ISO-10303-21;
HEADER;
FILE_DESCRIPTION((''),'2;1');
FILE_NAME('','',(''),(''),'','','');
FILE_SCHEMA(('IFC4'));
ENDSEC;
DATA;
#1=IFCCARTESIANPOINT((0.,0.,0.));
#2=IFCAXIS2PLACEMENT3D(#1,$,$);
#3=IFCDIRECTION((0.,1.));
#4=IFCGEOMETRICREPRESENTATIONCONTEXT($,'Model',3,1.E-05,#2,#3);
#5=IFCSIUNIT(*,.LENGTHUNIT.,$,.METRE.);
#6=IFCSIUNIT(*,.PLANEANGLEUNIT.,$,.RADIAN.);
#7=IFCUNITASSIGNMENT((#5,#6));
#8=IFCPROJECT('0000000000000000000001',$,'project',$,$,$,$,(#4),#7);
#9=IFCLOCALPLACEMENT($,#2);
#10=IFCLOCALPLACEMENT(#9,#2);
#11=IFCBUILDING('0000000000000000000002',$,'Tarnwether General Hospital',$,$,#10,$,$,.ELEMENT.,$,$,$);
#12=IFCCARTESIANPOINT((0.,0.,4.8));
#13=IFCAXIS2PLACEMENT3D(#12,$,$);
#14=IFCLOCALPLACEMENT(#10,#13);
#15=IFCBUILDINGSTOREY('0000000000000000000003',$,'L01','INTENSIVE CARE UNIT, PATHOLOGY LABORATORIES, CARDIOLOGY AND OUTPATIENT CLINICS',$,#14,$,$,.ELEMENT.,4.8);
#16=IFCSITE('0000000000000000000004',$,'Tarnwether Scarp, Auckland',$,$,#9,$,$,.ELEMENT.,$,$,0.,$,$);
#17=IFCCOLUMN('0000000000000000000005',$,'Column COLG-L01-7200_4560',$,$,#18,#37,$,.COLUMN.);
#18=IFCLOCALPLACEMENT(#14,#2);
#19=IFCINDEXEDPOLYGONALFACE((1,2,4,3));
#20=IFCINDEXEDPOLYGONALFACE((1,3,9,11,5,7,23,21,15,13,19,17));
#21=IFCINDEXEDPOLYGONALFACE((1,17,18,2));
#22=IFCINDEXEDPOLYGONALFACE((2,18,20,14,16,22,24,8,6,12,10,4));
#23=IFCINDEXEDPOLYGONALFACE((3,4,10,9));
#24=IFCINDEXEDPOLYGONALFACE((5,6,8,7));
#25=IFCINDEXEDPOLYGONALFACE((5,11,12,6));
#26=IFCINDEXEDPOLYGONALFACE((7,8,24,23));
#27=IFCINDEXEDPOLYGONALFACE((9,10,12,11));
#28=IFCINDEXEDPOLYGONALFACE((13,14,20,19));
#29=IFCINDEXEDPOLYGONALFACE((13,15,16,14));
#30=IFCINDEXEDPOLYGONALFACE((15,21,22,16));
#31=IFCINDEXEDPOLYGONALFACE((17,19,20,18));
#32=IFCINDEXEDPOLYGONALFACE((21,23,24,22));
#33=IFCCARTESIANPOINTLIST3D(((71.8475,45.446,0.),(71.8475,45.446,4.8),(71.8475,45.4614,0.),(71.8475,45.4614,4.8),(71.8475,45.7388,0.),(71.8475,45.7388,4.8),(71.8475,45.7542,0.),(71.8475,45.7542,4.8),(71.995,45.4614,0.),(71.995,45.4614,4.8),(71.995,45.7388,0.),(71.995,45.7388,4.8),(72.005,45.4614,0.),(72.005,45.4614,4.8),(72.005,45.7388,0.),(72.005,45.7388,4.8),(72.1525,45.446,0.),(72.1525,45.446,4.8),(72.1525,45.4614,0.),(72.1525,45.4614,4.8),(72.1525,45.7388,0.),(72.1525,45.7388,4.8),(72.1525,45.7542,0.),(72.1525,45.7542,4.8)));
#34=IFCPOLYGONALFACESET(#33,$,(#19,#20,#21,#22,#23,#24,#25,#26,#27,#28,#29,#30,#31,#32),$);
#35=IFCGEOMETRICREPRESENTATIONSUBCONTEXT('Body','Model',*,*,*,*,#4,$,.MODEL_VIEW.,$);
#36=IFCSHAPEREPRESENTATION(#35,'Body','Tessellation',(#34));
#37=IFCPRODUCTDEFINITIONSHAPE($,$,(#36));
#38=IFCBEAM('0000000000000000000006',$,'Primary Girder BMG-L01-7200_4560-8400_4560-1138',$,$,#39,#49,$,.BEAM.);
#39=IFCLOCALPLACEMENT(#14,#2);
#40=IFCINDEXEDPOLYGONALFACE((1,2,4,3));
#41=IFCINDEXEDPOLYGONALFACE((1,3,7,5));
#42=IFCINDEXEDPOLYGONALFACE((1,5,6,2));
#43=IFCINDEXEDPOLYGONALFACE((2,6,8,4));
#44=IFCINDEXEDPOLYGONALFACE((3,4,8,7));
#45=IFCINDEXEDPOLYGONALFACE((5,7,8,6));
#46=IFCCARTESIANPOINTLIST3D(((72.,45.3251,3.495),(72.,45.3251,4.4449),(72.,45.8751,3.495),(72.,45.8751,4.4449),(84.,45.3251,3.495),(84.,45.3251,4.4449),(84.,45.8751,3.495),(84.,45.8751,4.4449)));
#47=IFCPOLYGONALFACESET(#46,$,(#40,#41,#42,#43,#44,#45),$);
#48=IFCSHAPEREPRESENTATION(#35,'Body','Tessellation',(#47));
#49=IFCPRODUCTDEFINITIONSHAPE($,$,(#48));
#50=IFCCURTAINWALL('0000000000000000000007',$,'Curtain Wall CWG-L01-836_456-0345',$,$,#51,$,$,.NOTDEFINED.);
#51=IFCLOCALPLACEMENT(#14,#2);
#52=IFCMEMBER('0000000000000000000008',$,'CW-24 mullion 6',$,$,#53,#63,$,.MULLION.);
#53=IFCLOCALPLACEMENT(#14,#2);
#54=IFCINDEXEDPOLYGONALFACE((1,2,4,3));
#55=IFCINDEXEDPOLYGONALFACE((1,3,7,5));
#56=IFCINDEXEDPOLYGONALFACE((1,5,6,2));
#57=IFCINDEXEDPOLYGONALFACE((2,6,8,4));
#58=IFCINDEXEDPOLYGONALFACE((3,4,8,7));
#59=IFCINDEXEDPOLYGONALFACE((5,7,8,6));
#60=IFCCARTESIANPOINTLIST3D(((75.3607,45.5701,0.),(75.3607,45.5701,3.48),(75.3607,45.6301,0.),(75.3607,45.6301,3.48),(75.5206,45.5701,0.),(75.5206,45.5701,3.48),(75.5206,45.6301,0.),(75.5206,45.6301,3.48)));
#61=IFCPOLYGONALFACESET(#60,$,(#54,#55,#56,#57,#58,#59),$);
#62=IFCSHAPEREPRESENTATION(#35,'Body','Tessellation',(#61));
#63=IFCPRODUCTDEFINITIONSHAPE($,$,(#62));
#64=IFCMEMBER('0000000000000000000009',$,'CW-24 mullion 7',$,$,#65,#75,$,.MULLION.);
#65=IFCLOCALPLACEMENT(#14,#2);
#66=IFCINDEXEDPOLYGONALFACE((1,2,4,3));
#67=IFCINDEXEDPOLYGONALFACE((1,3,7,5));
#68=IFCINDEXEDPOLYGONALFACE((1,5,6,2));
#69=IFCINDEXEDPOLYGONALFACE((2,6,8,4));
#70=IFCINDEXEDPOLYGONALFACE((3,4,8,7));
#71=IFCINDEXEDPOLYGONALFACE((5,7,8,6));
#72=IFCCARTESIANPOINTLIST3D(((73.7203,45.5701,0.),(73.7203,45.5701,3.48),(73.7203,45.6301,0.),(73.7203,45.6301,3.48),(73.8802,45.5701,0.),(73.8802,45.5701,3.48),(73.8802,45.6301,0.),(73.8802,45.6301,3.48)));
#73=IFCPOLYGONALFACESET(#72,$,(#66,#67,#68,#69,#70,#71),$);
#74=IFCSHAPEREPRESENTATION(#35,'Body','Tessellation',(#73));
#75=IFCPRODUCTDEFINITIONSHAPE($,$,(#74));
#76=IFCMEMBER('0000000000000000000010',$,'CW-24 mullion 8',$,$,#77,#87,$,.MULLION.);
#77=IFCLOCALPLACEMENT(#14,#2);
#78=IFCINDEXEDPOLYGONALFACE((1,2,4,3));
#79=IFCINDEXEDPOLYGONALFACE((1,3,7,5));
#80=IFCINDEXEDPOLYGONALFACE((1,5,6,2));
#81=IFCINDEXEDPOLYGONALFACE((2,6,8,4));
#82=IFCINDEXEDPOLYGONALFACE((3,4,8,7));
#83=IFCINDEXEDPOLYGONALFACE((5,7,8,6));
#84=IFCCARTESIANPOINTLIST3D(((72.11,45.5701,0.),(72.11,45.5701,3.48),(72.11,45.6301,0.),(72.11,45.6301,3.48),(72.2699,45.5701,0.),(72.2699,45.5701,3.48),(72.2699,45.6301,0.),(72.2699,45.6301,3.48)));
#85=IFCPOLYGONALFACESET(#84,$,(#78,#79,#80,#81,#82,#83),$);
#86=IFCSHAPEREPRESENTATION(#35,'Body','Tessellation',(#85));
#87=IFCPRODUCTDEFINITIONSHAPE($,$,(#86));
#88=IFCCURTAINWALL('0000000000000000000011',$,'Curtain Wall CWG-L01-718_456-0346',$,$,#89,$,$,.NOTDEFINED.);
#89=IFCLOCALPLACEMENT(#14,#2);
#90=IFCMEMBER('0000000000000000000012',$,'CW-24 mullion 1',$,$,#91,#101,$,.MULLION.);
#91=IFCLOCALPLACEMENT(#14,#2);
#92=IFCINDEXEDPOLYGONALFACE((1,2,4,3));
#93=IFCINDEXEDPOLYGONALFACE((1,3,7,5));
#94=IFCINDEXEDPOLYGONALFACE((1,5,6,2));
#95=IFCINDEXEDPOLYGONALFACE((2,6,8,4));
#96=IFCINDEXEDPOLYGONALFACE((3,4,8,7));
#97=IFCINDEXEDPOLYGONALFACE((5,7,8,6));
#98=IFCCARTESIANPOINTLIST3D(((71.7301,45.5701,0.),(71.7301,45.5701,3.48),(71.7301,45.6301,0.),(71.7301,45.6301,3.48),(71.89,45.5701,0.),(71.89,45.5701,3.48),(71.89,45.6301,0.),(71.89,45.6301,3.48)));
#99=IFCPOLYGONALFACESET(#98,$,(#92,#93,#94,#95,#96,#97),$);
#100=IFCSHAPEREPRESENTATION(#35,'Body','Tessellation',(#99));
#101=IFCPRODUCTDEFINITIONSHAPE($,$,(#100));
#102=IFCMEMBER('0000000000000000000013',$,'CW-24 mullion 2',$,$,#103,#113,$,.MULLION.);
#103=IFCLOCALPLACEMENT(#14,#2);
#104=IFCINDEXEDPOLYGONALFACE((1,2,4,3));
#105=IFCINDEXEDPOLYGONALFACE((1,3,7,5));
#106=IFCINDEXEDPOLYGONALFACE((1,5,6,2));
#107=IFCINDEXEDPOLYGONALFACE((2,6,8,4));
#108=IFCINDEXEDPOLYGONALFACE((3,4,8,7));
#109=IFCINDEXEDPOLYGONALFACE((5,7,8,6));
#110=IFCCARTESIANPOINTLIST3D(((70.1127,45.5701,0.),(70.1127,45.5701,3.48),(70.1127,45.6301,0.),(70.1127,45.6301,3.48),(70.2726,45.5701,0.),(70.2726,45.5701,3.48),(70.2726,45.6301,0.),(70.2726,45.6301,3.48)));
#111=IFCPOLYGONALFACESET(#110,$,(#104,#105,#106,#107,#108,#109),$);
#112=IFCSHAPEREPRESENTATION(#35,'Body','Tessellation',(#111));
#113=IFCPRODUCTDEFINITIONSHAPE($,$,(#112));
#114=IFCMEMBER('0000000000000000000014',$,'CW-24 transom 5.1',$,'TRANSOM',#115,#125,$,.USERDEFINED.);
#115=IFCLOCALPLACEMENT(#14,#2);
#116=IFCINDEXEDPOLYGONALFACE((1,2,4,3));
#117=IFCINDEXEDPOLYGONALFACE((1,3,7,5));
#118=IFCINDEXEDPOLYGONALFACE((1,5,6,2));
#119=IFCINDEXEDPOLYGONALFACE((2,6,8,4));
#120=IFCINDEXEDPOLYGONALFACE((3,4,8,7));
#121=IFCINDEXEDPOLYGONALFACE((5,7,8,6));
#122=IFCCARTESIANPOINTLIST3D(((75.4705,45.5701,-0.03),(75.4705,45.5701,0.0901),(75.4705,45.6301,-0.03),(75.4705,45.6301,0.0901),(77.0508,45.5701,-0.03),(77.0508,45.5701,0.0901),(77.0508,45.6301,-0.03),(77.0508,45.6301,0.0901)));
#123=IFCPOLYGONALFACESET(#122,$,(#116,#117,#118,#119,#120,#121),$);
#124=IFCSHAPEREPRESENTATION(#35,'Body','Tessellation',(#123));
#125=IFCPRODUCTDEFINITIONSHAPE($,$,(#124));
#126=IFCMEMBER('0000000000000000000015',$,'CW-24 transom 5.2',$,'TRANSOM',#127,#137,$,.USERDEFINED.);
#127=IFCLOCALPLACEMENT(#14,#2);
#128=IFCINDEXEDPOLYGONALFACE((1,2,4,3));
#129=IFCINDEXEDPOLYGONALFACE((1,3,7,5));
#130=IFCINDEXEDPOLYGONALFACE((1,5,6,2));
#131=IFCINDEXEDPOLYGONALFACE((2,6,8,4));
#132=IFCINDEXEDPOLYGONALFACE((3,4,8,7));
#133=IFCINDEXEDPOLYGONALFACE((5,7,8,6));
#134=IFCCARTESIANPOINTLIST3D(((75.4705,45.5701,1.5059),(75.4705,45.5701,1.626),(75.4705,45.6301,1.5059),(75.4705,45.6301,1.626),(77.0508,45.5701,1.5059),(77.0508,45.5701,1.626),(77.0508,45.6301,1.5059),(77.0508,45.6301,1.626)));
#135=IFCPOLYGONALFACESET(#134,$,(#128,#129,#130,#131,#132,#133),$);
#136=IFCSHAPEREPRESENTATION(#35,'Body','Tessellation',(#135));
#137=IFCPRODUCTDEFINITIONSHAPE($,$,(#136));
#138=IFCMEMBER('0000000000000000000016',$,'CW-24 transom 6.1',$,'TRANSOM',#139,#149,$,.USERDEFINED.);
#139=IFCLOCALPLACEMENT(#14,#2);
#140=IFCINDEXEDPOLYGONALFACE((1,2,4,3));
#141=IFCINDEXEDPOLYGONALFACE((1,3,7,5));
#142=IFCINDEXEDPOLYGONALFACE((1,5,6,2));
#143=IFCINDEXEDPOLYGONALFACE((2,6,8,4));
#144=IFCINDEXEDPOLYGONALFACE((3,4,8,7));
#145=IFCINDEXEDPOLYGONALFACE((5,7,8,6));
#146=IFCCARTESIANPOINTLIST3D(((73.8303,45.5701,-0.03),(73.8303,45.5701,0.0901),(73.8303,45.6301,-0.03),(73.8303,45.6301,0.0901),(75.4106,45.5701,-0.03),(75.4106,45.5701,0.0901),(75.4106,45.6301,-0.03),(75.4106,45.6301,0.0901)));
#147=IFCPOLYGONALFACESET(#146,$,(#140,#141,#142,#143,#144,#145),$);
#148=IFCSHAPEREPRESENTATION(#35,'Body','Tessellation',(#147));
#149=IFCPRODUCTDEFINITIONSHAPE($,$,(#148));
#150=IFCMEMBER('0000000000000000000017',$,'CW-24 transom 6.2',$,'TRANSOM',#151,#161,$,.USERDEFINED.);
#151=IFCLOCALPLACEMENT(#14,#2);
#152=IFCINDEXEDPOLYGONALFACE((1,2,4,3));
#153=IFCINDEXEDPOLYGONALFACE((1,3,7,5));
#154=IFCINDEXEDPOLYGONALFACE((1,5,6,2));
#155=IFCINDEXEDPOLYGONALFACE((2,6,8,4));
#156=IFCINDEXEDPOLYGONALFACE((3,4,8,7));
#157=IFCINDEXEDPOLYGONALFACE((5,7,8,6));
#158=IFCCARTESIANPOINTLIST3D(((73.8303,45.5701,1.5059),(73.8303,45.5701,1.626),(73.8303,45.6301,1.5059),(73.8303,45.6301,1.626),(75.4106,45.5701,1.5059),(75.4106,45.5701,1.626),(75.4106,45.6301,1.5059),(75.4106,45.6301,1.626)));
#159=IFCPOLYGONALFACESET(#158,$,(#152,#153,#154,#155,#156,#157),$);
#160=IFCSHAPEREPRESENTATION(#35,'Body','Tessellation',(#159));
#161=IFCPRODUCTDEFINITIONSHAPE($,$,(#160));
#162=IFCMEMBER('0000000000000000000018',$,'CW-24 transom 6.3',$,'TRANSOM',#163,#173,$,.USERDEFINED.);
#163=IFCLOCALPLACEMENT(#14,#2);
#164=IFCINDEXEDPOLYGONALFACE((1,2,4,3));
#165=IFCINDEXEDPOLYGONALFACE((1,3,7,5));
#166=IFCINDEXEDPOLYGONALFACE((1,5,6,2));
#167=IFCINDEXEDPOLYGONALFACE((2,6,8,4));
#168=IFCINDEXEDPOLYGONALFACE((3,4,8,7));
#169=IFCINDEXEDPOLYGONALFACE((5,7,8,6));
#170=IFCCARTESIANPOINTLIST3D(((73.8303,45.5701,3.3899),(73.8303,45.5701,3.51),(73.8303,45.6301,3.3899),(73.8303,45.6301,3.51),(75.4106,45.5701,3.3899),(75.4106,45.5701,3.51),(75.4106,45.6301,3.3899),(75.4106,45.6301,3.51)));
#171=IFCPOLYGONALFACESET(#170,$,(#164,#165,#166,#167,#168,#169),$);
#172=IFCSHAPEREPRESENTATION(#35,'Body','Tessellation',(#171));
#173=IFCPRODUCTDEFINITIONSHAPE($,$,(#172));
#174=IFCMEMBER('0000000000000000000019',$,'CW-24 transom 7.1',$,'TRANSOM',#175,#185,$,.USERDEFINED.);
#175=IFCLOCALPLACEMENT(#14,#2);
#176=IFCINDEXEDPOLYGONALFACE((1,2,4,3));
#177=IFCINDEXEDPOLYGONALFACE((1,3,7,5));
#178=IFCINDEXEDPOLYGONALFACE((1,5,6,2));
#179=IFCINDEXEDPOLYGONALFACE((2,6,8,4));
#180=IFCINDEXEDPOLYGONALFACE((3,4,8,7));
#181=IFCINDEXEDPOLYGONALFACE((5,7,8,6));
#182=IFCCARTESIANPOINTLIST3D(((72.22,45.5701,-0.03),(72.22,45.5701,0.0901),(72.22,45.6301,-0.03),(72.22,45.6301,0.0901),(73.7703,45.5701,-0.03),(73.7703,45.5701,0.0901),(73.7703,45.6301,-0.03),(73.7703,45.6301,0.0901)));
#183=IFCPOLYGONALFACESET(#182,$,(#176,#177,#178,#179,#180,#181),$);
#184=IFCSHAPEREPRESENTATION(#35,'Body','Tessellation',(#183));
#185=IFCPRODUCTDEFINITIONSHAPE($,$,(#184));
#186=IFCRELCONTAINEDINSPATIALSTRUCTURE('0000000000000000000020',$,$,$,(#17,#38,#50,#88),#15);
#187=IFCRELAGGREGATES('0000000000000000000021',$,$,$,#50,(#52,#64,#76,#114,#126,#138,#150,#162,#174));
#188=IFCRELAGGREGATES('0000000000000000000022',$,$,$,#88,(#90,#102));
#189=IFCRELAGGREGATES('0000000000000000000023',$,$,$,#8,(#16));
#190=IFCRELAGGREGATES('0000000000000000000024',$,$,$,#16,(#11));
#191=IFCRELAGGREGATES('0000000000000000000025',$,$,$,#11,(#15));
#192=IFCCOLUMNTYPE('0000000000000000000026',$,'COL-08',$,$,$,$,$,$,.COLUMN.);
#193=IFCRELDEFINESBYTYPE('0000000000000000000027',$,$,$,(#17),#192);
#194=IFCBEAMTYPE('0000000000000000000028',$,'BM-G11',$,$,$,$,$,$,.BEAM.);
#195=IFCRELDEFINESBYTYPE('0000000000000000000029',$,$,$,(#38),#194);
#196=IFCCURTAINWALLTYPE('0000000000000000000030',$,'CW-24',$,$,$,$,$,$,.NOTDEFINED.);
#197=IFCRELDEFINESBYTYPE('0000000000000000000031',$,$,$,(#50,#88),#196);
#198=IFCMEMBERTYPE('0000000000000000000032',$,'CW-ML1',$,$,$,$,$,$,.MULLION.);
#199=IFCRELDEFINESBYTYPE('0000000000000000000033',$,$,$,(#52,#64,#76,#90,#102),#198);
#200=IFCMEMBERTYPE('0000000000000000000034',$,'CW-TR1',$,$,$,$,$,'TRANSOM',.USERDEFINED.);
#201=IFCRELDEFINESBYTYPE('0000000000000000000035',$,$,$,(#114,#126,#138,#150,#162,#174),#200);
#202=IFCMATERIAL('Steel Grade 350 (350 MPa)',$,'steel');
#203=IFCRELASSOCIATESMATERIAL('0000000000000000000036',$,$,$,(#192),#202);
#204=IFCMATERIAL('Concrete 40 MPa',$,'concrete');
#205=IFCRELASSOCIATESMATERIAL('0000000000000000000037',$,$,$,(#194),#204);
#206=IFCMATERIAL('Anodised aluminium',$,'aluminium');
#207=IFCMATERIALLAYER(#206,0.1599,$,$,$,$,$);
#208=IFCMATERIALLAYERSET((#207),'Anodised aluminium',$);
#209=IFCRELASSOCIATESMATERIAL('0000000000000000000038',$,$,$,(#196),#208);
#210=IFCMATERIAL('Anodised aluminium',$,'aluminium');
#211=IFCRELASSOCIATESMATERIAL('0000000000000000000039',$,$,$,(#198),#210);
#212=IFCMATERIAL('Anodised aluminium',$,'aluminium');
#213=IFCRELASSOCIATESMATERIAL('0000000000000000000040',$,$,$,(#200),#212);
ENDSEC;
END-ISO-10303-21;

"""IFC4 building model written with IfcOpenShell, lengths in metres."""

from ifc_helpers import new_model, si_unit, direction, frame, origin, origin_2d, place, context, subcontext, project, spatial, rectangle, i_section, extrude, material, layer, layer_set, material_profile, profile_set, type_object, element, aggregate, save


model = new_model("IFC4")

# Units and contexts
model_context = context("Model", 3, precision=1e-05, world=origin(), true_north=direction((0.0, 1.0)))
body_context = subcontext(model_context, "Body", "Model", "MODEL_VIEW")
ifc_project = project(units=[si_unit("LENGTHUNIT", "METRE"), si_unit("PLANEANGLEUNIT", "RADIAN")], contexts=[model_context])

# Site, building, storey
site_placement = place(None, origin())
site = spatial("IfcSite", under=ifc_project, at=site_placement, Name="Tarnwether Scarp, Auckland", CompositionType="ELEMENT", RefElevation=0.0)
building_placement = place(site_placement, origin())
building = spatial("IfcBuilding", under=site, at=building_placement, Name="Tarnwether General Hospital", CompositionType="ELEMENT")
storey_placement = place(building_placement, frame((0.0, 0.0, 4.8)))
storey = spatial("IfcBuildingStorey", under=building, at=storey_placement, Name="L01", Description="INTENSIVE CARE UNIT, PATHOLOGY LABORATORIES, CARDIOLOGY AND OUTPATIENT CLINICS", CompositionType="ELEMENT", Elevation=4.8)

# Column
ifc_material_1 = material(Name="Steel Grade 350 (350 MPa)", Category="steel")
ifc_material_profile_1 = material_profile(ifc_material_1, i_section(OverallWidth=0.3049, OverallDepth=0.3081, WebThickness=0.01, FlangeThickness=0.0154, at=origin_2d()), Name="310UC96.8")
ifc_profile_set_1 = profile_set([ifc_material_profile_1], Name="Steel Grade 350 (350 MPa)")
column_type = type_object("IfcColumnType", Name="COL-08", PredefinedType="COLUMN", material=ifc_profile_set_1)
column_placement = place(storey_placement, frame((72.0, 45.6001, 0.0), z_axis=(0.0, 0.0, 1.0), x_axis=(1.0, 0.0, 0.0)))
element("IfcColumn", 1, at=column_placement, inside=storey, type_object=column_type, Name="Column COLG-L01-7200_4560", PredefinedType="COLUMN", context=body_context, shape_type="SweptSolid", body=[
    extrude(i_section(OverallWidth=0.3049, OverallDepth=0.3081, WebThickness=0.01, FlangeThickness=0.0154, at=origin_2d()), origin(), (0.0, 0.0, 1.0), 4.8),
])

# Beam
ifc_material_2 = material(Name="Concrete 40 MPa", Category="concrete")
ifc_material_profile_2 = material_profile(ifc_material_2, rectangle(XDim=0.55, YDim=0.95, at=origin_2d()), Name="RC-BM-550x950")
ifc_profile_set_2 = profile_set([ifc_material_profile_2], Name="Concrete 40 MPa")
beam_type = type_object("IfcBeamType", Name="BM-G11", PredefinedType="BEAM", material=ifc_profile_set_2)
beam_placement = place(storey_placement, frame((72.0, 45.6001, 3.97), z_axis=(1.0, 0.0, 0.0), x_axis=(0.0, 1.0, 0.0)))
element("IfcBeam", 2, at=beam_placement, inside=storey, type_object=beam_type, Name="Primary Girder BMG-L01-7200_4560-8400_4560-1138", PredefinedType="BEAM", context=body_context, shape_type="SweptSolid", body=[
    extrude(rectangle(XDim=0.55, YDim=0.95, at=origin_2d()), origin(), (0.0, 0.0, 1.0), 12.0),
])

# Curtain walls, members
ifc_material_3 = material(Name="Anodised aluminium", Category="aluminium")
ifc_layer_1 = layer(ifc_material_3, 0.1599)
ifc_layer_set_1 = layer_set([ifc_layer_1], Name="Anodised aluminium")
curtain_wall_type = type_object("IfcCurtainWallType", Name="CW-24", PredefinedType="NOTDEFINED", material=ifc_layer_set_1)
curtain_wall_1_placement = place(storey_placement, origin())
curtain_wall_1 = element("IfcCurtainWall", 3, at=curtain_wall_1_placement, inside=storey, type_object=curtain_wall_type, Name="Curtain Wall CWG-L01-836_456-0345", PredefinedType="NOTDEFINED")
ifc_material_4 = material(Name="Anodised aluminium", Category="aluminium")
ifc_material_profile_3 = material_profile(ifc_material_4, rectangle(XDim=0.0601, YDim=0.1599, at=origin_2d()), Name="ALU-MUL-60x160")
ifc_profile_set_3 = profile_set([ifc_material_profile_3], Name="Anodised aluminium")
member_type_1 = type_object("IfcMemberType", Name="CW-ML1", PredefinedType="MULLION", material=ifc_profile_set_3)
member_1_placement = place(storey_placement, frame((75.4407, 45.6001, 0.0), z_axis=(0.0, 0.0, 1.0), x_axis=(0.0, -1.0, 0.0)))
member_1 = element("IfcMember", 4, at=member_1_placement, type_object=member_type_1, Name="CW-24 mullion 6", PredefinedType="MULLION", context=body_context, shape_type="SweptSolid", body=[
    extrude(rectangle(XDim=0.0601, YDim=0.1599, at=origin_2d()), origin(), (0.0, 0.0, 1.0), 3.48),
])
member_2_placement = place(storey_placement, frame((73.8003, 45.6001, 0.0), z_axis=(0.0, 0.0, 1.0), x_axis=(0.0, -1.0, 0.0)))
member_2 = element("IfcMember", 5, at=member_2_placement, type_object=member_type_1, Name="CW-24 mullion 7", PredefinedType="MULLION", context=body_context, shape_type="SweptSolid", body=[
    extrude(rectangle(XDim=0.0601, YDim=0.1599, at=origin_2d()), origin(), (0.0, 0.0, 1.0), 3.48),
])
member_3_placement = place(storey_placement, frame((72.1899, 45.6001, 0.0), z_axis=(0.0, 0.0, 1.0), x_axis=(0.0, -1.0, 0.0)))
member_3 = element("IfcMember", 6, at=member_3_placement, type_object=member_type_1, Name="CW-24 mullion 8", PredefinedType="MULLION", context=body_context, shape_type="SweptSolid", body=[
    extrude(rectangle(XDim=0.0601, YDim=0.1599, at=origin_2d()), origin(), (0.0, 0.0, 1.0), 3.48),
])
curtain_wall_2_placement = place(storey_placement, origin())
curtain_wall_2 = element("IfcCurtainWall", 7, at=curtain_wall_2_placement, inside=storey, type_object=curtain_wall_type, Name="Curtain Wall CWG-L01-718_456-0346", PredefinedType="NOTDEFINED")
member_4_placement = place(storey_placement, frame((71.8101, 45.6001, 0.0), z_axis=(0.0, 0.0, 1.0), x_axis=(0.0, -1.0, 0.0)))
member_4 = element("IfcMember", 8, at=member_4_placement, type_object=member_type_1, Name="CW-24 mullion 1", PredefinedType="MULLION", context=body_context, shape_type="SweptSolid", body=[
    extrude(rectangle(XDim=0.0601, YDim=0.1599, at=origin_2d()), origin(), (0.0, 0.0, 1.0), 3.48),
])
member_5_placement = place(storey_placement, frame((70.1926, 45.6001, 0.0), z_axis=(0.0, 0.0, 1.0), x_axis=(0.0, -1.0, 0.0)))
member_5 = element("IfcMember", 9, at=member_5_placement, type_object=member_type_1, Name="CW-24 mullion 2", PredefinedType="MULLION", context=body_context, shape_type="SweptSolid", body=[
    extrude(rectangle(XDim=0.0601, YDim=0.1599, at=origin_2d()), origin(), (0.0, 0.0, 1.0), 3.48),
])

# Members
ifc_material_5 = material(Name="Anodised aluminium", Category="aluminium")
ifc_material_profile_4 = material_profile(ifc_material_5, rectangle(XDim=0.0601, YDim=0.1201, at=origin_2d()), Name="ALU-TRN-60x120")
ifc_profile_set_4 = profile_set([ifc_material_profile_4], Name="Anodised aluminium")
member_type_2 = type_object("IfcMemberType", Name="CW-TR1", ElementType="TRANSOM", PredefinedType="USERDEFINED", material=ifc_profile_set_4)
member_6_placement = place(storey_placement, frame((77.0508, 45.6001, 0.03), z_axis=(-1.0, 0.0, 0.0), x_axis=(0.0, -1.0, 0.0)))
member_6 = element("IfcMember", 10, at=member_6_placement, type_object=member_type_2, Name="CW-24 transom 5.1", ObjectType="TRANSOM", PredefinedType="USERDEFINED", context=body_context, shape_type="SweptSolid", body=[
    extrude(rectangle(XDim=0.0601, YDim=0.1201, at=origin_2d()), origin(), (0.0, 0.0, 1.0), 1.5803),
])
member_7_placement = place(storey_placement, frame((77.0508, 45.6001, 1.5659), z_axis=(-1.0, 0.0, 0.0), x_axis=(0.0, -1.0, 0.0)))
member_7 = element("IfcMember", 11, at=member_7_placement, type_object=member_type_2, Name="CW-24 transom 5.2", ObjectType="TRANSOM", PredefinedType="USERDEFINED", context=body_context, shape_type="SweptSolid", body=[
    extrude(rectangle(XDim=0.0601, YDim=0.1201, at=origin_2d()), origin(), (0.0, 0.0, 1.0), 1.5803),
])
member_8_placement = place(storey_placement, frame((75.4106, 45.6001, 0.03), z_axis=(-1.0, 0.0, 0.0), x_axis=(0.0, -1.0, 0.0)))
member_8 = element("IfcMember", 12, at=member_8_placement, type_object=member_type_2, Name="CW-24 transom 6.1", ObjectType="TRANSOM", PredefinedType="USERDEFINED", context=body_context, shape_type="SweptSolid", body=[
    extrude(rectangle(XDim=0.0601, YDim=0.1201, at=origin_2d()), origin(), (0.0, 0.0, 1.0), 1.5803),
])
member_9_placement = place(storey_placement, frame((75.4106, 45.6001, 1.5659), z_axis=(-1.0, 0.0, 0.0), x_axis=(0.0, -1.0, 0.0)))
member_9 = element("IfcMember", 13, at=member_9_placement, type_object=member_type_2, Name="CW-24 transom 6.2", ObjectType="TRANSOM", PredefinedType="USERDEFINED", context=body_context, shape_type="SweptSolid", body=[
    extrude(rectangle(XDim=0.0601, YDim=0.1201, at=origin_2d()), origin(), (0.0, 0.0, 1.0), 1.5803),
])
member_10_placement = place(storey_placement, frame((75.4106, 45.6001, 3.45), z_axis=(-1.0, 0.0, 0.0), x_axis=(0.0, -1.0, 0.0)))
member_10 = element("IfcMember", 14, at=member_10_placement, type_object=member_type_2, Name="CW-24 transom 6.3", ObjectType="TRANSOM", PredefinedType="USERDEFINED", context=body_context, shape_type="SweptSolid", body=[
    extrude(rectangle(XDim=0.0601, YDim=0.1201, at=origin_2d()), origin(), (0.0, 0.0, 1.0), 1.5803),
])
member_11_placement = place(storey_placement, frame((73.7703, 45.6001, 0.03), z_axis=(-1.0, 0.0, 0.0), x_axis=(0.0, -1.0, 0.0)))
member_11 = element("IfcMember", 15, at=member_11_placement, type_object=member_type_2, Name="CW-24 transom 7.1", ObjectType="TRANSOM", PredefinedType="USERDEFINED", context=body_context, shape_type="SweptSolid", body=[
    extrude(rectangle(XDim=0.0601, YDim=0.1201, at=origin_2d()), origin(), (0.0, 0.0, 1.0), 1.5503),
])

aggregate(curtain_wall_1, [member_1, member_2, member_3, member_6, member_7, member_8, member_9, member_10, member_11])
aggregate(curtain_wall_2, [member_4, member_5])

save(model, "model.ifc")
